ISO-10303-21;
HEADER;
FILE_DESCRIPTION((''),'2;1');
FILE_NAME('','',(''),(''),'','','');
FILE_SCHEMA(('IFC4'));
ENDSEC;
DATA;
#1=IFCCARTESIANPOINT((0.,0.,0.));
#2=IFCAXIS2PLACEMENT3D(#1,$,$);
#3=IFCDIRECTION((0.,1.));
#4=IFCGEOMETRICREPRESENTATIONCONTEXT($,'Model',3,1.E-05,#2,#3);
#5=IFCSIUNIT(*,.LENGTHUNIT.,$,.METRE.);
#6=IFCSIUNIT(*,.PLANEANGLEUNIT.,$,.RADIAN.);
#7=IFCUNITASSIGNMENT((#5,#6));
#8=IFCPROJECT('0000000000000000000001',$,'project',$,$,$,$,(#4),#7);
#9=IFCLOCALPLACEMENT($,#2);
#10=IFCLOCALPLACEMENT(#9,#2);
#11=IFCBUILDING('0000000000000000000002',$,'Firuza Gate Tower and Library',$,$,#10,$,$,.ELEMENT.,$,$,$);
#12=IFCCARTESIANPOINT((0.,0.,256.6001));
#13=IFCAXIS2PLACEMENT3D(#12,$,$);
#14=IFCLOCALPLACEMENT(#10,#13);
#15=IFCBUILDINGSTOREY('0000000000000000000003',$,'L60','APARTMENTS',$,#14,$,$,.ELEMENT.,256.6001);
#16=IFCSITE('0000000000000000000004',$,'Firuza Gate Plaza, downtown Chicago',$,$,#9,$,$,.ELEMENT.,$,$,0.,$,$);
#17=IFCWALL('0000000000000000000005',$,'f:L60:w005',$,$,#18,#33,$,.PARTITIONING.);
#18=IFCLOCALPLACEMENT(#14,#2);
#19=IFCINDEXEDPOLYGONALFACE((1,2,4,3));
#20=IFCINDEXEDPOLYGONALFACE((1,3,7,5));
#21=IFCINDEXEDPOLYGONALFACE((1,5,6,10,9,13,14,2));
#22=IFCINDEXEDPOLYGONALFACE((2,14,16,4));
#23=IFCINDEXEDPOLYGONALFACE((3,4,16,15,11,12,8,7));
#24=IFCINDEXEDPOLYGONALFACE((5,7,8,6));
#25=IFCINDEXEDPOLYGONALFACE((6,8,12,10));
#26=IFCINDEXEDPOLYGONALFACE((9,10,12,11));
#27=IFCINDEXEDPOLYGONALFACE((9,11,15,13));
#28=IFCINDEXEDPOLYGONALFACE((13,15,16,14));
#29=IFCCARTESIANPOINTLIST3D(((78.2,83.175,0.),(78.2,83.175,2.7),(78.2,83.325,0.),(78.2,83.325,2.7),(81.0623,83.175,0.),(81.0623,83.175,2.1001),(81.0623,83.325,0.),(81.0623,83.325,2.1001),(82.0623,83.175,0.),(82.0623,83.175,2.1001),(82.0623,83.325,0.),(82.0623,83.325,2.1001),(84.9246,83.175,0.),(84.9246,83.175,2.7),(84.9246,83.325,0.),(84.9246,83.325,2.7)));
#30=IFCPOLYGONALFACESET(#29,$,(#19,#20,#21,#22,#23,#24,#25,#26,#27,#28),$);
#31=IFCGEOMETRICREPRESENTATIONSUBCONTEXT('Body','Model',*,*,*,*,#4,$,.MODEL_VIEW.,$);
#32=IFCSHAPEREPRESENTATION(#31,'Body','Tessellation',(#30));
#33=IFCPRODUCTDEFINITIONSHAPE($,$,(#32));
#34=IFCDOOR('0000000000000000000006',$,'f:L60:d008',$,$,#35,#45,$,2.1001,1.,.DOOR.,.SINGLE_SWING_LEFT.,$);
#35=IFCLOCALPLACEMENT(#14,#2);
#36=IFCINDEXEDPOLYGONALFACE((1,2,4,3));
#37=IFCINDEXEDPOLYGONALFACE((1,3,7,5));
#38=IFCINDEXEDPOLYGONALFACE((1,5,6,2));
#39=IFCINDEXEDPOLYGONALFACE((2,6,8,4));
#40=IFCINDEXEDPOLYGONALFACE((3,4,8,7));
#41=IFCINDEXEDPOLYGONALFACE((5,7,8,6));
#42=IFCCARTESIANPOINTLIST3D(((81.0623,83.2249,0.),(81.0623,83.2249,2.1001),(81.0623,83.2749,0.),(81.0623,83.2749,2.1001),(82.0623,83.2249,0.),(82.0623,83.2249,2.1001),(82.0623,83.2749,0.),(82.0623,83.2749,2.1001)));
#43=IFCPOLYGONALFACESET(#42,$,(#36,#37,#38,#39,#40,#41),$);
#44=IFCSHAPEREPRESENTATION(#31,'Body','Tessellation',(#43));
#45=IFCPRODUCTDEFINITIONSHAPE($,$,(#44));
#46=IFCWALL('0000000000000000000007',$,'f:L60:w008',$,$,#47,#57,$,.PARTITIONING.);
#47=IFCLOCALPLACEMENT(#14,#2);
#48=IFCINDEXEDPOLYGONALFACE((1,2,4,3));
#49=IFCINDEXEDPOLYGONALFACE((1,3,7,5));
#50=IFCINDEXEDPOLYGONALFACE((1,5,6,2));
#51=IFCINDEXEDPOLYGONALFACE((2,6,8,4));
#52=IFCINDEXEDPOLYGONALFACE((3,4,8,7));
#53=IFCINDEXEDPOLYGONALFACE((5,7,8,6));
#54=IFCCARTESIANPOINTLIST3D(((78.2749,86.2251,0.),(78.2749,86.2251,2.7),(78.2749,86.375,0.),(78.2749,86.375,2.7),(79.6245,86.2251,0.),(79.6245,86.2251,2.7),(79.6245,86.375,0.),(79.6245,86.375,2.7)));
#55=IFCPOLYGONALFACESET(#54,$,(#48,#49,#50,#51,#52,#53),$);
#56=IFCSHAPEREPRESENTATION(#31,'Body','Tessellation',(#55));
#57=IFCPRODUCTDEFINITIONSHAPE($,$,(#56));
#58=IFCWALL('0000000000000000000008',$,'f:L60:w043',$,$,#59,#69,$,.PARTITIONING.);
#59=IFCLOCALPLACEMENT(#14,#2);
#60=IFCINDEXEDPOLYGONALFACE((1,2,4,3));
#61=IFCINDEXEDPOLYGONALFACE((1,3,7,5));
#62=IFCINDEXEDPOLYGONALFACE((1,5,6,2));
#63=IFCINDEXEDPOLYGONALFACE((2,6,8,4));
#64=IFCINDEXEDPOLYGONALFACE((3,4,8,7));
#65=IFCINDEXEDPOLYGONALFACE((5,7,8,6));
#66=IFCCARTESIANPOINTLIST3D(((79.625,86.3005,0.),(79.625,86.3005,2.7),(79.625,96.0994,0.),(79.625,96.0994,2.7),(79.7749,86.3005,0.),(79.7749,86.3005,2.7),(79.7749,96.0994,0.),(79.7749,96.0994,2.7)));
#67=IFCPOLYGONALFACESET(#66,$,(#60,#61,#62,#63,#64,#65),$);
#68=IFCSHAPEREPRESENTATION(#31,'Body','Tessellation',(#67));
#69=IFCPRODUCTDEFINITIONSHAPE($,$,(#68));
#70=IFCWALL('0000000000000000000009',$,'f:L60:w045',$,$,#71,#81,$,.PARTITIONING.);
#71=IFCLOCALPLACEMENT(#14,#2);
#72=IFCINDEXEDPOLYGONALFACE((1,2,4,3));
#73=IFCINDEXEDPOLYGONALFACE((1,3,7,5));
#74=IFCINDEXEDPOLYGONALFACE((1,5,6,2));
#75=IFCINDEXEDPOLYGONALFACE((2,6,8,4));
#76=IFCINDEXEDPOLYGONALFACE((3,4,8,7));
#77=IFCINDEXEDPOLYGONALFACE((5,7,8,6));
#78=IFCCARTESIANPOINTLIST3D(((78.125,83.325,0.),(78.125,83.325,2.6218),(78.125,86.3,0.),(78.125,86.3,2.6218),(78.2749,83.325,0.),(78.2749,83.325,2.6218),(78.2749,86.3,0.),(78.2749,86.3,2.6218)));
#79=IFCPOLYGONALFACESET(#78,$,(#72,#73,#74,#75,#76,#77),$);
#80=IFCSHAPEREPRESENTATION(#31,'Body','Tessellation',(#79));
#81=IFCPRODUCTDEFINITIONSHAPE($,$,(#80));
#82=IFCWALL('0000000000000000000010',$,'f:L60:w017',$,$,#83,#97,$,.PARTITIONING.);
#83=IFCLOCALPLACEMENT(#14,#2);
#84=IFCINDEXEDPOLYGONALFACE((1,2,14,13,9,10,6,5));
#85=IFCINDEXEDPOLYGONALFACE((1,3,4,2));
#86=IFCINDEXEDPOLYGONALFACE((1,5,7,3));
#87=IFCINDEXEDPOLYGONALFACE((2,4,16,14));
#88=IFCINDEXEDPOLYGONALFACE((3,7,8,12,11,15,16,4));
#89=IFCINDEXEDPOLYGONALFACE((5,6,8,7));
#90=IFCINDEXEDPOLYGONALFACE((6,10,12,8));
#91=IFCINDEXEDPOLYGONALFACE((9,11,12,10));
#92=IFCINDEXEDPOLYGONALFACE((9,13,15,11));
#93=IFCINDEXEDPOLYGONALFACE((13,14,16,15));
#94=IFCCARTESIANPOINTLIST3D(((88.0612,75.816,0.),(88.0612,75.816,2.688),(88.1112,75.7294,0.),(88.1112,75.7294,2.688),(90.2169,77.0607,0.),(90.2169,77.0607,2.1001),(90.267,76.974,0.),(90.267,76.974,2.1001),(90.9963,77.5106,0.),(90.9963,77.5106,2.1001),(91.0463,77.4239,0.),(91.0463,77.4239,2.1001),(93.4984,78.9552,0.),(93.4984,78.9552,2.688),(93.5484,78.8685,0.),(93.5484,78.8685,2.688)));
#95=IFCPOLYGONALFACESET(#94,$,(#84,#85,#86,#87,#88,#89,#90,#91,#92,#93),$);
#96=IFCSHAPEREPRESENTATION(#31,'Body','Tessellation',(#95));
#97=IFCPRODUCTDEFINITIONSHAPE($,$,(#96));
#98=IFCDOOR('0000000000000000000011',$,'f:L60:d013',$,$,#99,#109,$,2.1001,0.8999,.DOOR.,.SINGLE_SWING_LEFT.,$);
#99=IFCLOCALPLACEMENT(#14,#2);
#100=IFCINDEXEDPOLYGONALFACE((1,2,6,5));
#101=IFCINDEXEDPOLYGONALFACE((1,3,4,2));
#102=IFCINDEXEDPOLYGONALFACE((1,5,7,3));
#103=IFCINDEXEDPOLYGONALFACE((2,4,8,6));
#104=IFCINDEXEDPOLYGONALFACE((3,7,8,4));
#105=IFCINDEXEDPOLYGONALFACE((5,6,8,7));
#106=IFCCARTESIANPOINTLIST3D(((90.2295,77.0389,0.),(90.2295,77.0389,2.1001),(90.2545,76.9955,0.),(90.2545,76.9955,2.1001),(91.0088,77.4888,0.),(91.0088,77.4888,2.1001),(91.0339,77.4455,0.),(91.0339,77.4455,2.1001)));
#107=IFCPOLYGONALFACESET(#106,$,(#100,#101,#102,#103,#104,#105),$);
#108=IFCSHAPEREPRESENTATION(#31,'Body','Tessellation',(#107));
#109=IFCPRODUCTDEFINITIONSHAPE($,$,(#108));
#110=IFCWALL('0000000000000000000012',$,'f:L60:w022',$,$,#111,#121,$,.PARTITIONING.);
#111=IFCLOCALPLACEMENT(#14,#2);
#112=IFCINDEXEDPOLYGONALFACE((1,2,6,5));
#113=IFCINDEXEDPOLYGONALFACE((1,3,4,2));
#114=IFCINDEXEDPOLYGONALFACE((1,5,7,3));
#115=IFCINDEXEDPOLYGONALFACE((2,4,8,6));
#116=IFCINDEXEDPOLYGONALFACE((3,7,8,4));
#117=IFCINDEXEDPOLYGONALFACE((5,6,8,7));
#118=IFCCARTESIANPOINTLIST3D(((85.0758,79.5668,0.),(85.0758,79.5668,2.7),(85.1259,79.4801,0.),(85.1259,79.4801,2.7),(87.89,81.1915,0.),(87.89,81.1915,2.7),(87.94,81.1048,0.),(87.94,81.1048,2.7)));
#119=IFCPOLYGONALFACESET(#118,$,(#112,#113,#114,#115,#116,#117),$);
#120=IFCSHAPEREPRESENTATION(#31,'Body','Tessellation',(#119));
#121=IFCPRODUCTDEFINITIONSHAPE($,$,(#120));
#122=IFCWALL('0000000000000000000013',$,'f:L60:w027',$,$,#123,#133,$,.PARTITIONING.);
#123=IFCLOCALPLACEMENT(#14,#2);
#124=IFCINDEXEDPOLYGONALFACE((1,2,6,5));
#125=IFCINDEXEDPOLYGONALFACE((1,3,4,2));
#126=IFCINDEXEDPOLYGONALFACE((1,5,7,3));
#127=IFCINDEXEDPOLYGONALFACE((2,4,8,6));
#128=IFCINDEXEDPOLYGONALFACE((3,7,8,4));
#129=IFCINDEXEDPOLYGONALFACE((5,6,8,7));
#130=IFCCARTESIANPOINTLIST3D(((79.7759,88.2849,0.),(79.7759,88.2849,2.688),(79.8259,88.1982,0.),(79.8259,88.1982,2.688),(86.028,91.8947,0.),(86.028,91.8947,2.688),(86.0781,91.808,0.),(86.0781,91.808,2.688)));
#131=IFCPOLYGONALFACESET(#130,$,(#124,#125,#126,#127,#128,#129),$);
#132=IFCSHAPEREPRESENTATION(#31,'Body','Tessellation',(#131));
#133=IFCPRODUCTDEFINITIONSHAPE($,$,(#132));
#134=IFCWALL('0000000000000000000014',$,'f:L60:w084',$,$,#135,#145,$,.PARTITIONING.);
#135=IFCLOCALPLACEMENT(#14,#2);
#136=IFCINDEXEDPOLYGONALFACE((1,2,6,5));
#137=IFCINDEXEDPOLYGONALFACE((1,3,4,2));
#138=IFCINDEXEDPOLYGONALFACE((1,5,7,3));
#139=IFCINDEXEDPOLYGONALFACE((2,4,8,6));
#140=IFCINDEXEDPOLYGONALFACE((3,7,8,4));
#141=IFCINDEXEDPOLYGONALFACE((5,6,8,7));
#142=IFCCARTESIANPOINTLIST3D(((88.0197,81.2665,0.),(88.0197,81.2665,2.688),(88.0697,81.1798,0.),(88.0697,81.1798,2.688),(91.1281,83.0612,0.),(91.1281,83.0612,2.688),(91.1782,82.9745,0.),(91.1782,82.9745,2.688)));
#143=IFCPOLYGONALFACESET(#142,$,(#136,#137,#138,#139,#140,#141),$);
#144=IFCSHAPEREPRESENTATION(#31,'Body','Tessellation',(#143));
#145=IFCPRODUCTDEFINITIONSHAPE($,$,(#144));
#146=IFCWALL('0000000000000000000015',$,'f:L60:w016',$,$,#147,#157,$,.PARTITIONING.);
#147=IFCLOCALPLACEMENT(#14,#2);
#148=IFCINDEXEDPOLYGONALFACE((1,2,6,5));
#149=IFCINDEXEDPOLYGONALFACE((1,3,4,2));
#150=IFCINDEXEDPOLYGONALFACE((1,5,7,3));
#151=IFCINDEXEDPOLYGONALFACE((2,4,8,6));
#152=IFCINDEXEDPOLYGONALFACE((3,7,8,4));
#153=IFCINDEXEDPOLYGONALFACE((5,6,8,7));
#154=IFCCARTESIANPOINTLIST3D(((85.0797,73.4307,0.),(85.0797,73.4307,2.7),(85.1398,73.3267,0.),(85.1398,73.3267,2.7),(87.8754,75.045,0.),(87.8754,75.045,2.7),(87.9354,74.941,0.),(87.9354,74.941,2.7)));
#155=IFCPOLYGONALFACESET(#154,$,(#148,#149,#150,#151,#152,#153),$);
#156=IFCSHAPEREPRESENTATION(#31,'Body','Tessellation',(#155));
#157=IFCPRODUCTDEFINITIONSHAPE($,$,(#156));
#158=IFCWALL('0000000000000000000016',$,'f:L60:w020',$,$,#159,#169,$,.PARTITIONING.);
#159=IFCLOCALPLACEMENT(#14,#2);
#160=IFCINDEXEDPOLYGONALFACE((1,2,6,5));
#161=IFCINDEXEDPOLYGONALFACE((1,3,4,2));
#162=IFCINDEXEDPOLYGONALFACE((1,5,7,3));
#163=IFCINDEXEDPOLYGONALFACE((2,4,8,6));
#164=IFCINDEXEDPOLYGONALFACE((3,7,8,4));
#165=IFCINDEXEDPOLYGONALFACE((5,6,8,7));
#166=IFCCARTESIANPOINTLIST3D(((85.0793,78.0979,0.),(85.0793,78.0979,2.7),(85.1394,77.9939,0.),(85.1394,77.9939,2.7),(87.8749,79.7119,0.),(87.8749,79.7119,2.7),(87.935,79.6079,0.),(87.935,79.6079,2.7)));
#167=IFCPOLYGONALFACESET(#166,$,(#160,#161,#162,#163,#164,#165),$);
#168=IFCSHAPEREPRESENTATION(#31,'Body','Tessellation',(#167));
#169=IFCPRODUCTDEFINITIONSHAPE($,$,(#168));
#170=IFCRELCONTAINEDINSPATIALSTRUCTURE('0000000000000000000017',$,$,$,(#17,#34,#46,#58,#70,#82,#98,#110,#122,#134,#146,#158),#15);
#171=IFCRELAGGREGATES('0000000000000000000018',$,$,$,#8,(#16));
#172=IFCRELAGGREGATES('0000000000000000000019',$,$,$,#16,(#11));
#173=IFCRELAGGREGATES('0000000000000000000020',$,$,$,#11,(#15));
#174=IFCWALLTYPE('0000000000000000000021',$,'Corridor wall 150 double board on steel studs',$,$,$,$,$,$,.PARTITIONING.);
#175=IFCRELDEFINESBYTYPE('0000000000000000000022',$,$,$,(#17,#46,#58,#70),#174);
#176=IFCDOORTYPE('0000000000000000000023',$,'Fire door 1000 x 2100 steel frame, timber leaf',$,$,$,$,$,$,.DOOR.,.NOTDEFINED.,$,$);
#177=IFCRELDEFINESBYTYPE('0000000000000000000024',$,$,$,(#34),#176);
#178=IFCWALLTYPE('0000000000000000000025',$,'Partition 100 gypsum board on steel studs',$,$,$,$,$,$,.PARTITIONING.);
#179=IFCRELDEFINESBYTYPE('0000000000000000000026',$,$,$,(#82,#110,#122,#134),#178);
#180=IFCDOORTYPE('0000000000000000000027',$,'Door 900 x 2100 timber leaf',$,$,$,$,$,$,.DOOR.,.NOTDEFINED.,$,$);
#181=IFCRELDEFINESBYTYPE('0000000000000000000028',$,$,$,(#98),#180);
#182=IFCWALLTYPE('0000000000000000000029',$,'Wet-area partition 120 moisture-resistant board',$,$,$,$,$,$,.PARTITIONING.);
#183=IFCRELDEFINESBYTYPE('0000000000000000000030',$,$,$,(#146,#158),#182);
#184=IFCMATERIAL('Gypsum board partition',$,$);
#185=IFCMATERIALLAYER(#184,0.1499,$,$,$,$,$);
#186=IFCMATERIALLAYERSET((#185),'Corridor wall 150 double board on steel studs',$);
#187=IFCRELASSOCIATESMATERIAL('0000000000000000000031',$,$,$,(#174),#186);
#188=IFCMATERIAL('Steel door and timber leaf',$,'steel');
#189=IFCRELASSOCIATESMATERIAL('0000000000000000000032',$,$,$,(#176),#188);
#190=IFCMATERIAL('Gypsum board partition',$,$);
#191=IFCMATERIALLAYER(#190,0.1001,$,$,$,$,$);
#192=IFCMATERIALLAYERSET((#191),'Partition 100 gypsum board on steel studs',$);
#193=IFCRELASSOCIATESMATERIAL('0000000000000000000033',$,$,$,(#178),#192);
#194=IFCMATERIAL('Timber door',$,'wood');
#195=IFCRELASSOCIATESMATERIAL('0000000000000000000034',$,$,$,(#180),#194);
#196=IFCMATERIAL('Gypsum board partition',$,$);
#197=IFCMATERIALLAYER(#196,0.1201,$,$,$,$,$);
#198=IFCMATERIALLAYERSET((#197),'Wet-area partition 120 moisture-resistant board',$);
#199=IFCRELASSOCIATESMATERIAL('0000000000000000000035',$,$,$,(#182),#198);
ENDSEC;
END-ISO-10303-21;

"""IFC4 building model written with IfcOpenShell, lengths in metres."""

from ifc_helpers import new_model, si_unit, direction, frame, frame_2d, origin, place, context, subcontext, project, spatial, rectangle, extrude, material, layer, layer_set, type_object, element, fill, save


model = new_model("IFC4")

# Units and contexts
model_context = context("Model", 3, precision=1e-05, world=origin(), true_north=direction((0.0, 1.0)))
body_context = subcontext(model_context, "Body", "Model", "MODEL_VIEW")
ifc_project = project(units=[si_unit("LENGTHUNIT", "METRE"), si_unit("PLANEANGLEUNIT", "RADIAN")], contexts=[model_context])

# Site, building, storey
site_placement = place(None, origin())
site = spatial("IfcSite", under=ifc_project, at=site_placement, Name="Firuza Gate Plaza, downtown Chicago", CompositionType="ELEMENT", RefElevation=0.0)
building_placement = place(site_placement, origin())
building = spatial("IfcBuilding", under=site, at=building_placement, Name="Firuza Gate Tower and Library", CompositionType="ELEMENT")
storey_placement = place(building_placement, frame((0.0, 0.0, 256.6001)))
storey = spatial("IfcBuildingStorey", under=building, at=storey_placement, Name="L60", Description="APARTMENTS", CompositionType="ELEMENT", Elevation=256.6001)

# Wall, opening, door
ifc_material_1 = material(Name="Gypsum board partition")
ifc_layer_1 = layer(ifc_material_1, 0.1499)
ifc_layer_set_1 = layer_set([ifc_layer_1], Name="Corridor wall 150 double board on steel studs")
wall_type_1 = type_object("IfcWallType", Name="Corridor wall 150 double board on steel studs", PredefinedType="PARTITIONING", material=ifc_layer_set_1)
wall_1_placement = place(storey_placement, frame((78.2, 83.25, 0.0), z_axis=(0.0, 0.0, 1.0), x_axis=(1.0, 0.0, 0.0)))
wall_1 = element("IfcWall", 1, at=wall_1_placement, inside=storey, type_object=wall_type_1, Name="f:L60:w005", PredefinedType="PARTITIONING", context=body_context, shape_type="SweptSolid", body=[
    extrude(rectangle(XDim=6.7246, YDim=0.1499, at=frame_2d((3.3623, 0.0))), origin(), (0.0, 0.0, 1.0), 2.7),
])
opening_1_placement = place(wall_1_placement, frame((2.8623, 0.0, 0.0)))
opening_1 = element("IfcOpeningElement", 2, at=opening_1_placement, cuts=wall_1, PredefinedType="OPENING", context=body_context, shape_type="SweptSolid", body=[
    extrude(rectangle(XDim=1.0, YDim=2.1001, at=frame_2d((0.5, 1.05))), frame((0.0, 0.085, 0.0), z_axis=(0.0, -1.0, 0.0), x_axis=(1.0, 0.0, 0.0)), (0.0, 0.0, 1.0), 0.1699),
])
ifc_material_2 = material(Name="Steel door and timber leaf", Category="steel")
door_type_1 = type_object("IfcDoorType", Name="Fire door 1000 x 2100 steel frame, timber leaf", OperationType="NOTDEFINED", PredefinedType="DOOR", material=ifc_material_2)
door_1_placement = place(opening_1_placement, origin())
door_1 = element("IfcDoor", 3, at=door_1_placement, inside=storey, type_object=door_type_1, Name="f:L60:d008", OperationType="SINGLE_SWING_LEFT", OverallHeight=2.1001, OverallWidth=1.0, PredefinedType="DOOR", context=body_context, shape_type="SweptSolid", body=[
    extrude(rectangle(XDim=1.0, YDim=2.1001, at=frame_2d((0.5, 1.05))), frame((0.0, 0.0249, 0.0), z_axis=(0.0, -1.0, 0.0), x_axis=(1.0, 0.0, 0.0)), (0.0, 0.0, 1.0), 0.05),
])
fill(opening_1, door_1)

# Walls
wall_2_placement = place(storey_placement, frame((78.2749, 86.3, 0.0), z_axis=(0.0, 0.0, 1.0), x_axis=(1.0, 0.0, 0.0)))
element("IfcWall", 4, at=wall_2_placement, inside=storey, type_object=wall_type_1, Name="f:L60:w008", PredefinedType="PARTITIONING", context=body_context, shape_type="SweptSolid", body=[
    extrude(rectangle(XDim=1.3496, YDim=0.1499, at=frame_2d((0.6748, 0.0))), origin(), (0.0, 0.0, 1.0), 2.7),
])
wall_3_placement = place(storey_placement, frame((79.7, 86.3005, 0.0), z_axis=(0.0, 0.0, 1.0), x_axis=(0.0, 1.0, 0.0)))
element("IfcWall", 5, at=wall_3_placement, inside=storey, type_object=wall_type_1, Name="f:L60:w043", PredefinedType="PARTITIONING", context=body_context, shape_type="SweptSolid", body=[
    extrude(rectangle(XDim=9.7988, YDim=0.1499, at=frame_2d((4.8994, 0.0))), origin(), (0.0, 0.0, 1.0), 2.7),
])
wall_4_placement = place(storey_placement, frame((78.2, 83.325, 0.0), z_axis=(0.0, 0.0, 1.0), x_axis=(0.0, 1.0, 0.0)))
element("IfcWall", 6, at=wall_4_placement, inside=storey, type_object=wall_type_1, Name="f:L60:w045", PredefinedType="PARTITIONING", context=body_context, shape_type="SweptSolid", body=[
    extrude(rectangle(XDim=2.9751, YDim=0.1499, at=frame_2d((1.4875, 0.0))), origin(), (0.0, 0.0, 1.0), 2.6218),
])

# Wall, opening, door
ifc_material_3 = material(Name="Gypsum board partition")
ifc_layer_2 = layer(ifc_material_3, 0.1001)
ifc_layer_set_2 = layer_set([ifc_layer_2], Name="Partition 100 gypsum board on steel studs")
wall_type_2 = type_object("IfcWallType", Name="Partition 100 gypsum board on steel studs", PredefinedType="PARTITIONING", material=ifc_layer_set_2)
wall_5_placement = place(storey_placement, frame((88.0862, 75.7727, 0.0), z_axis=(0.0, 0.0, 1.0), x_axis=(0.866028, 0.499995, 0.0)))
wall_5 = element("IfcWall", 7, at=wall_5_placement, inside=storey, type_object=wall_type_2, Name="f:L60:w017", PredefinedType="PARTITIONING", context=body_context, shape_type="SweptSolid", body=[
    extrude(rectangle(XDim=6.2783, YDim=0.1001, at=frame_2d((3.1392, 0.0))), origin(), (0.0, 0.0, 1.0), 2.688),
])
opening_2_placement = place(wall_5_placement, frame((2.4893, 0.0, 0.0)))
opening_2 = element("IfcOpeningElement", 8, at=opening_2_placement, cuts=wall_5, PredefinedType="OPENING", context=body_context, shape_type="SweptSolid", body=[
    extrude(rectangle(XDim=0.8999, YDim=2.1001, at=frame_2d((0.45, 1.05))), frame((0.0, 0.0601, 0.0), z_axis=(0.0, -1.0, 0.0), x_axis=(1.0, 0.0, 0.0)), (0.0, 0.0, 1.0), 0.1201),
])
ifc_material_4 = material(Name="Timber door", Category="wood")
door_type_2 = type_object("IfcDoorType", Name="Door 900 x 2100 timber leaf", OperationType="NOTDEFINED", PredefinedType="DOOR", material=ifc_material_4)
door_2_placement = place(opening_2_placement, origin())
door_2 = element("IfcDoor", 9, at=door_2_placement, inside=storey, type_object=door_type_2, Name="f:L60:d013", OperationType="SINGLE_SWING_LEFT", OverallHeight=2.1001, OverallWidth=0.8999, PredefinedType="DOOR", context=body_context, shape_type="SweptSolid", body=[
    extrude(rectangle(XDim=0.8999, YDim=2.1001, at=frame_2d((0.45, 1.05))), frame((0.0, 0.0249, 0.0), z_axis=(0.0, -1.0, 0.0), x_axis=(1.0, 0.0, 0.0)), (0.0, 0.0, 1.0), 0.05),
])
fill(opening_2, door_2)

# Walls
wall_6_placement = place(storey_placement, frame((85.1008, 79.5234, 0.0), z_axis=(0.0, 0.0, 1.0), x_axis=(0.866029, 0.499993, 0.0)))
element("IfcWall", 10, at=wall_6_placement, inside=storey, type_object=wall_type_2, Name="f:L60:w022", PredefinedType="PARTITIONING", context=body_context, shape_type="SweptSolid", body=[
    extrude(rectangle(XDim=3.2495, YDim=0.1001, at=frame_2d((1.6248, 0.0))), origin(), (0.0, 0.0, 1.0), 2.7),
])
wall_7_placement = place(storey_placement, frame((79.8008, 88.2415, 0.0), z_axis=(0.0, 0.0, 1.0), x_axis=(0.866016, 0.500016, 0.0)))
element("IfcWall", 11, at=wall_7_placement, inside=storey, type_object=wall_type_2, Name="f:L60:w027", PredefinedType="PARTITIONING", context=body_context, shape_type="SweptSolid", body=[
    extrude(rectangle(XDim=7.2195, YDim=0.1001, at=frame_2d((3.6099, 0.0))), origin(), (0.0, 0.0, 1.0), 2.688),
])
wall_8_placement = place(storey_placement, frame((88.0447, 81.2231, 0.0), z_axis=(0.0, 0.0, 1.0), x_axis=(0.86602, 0.500009, 0.0)))
element("IfcWall", 12, at=wall_8_placement, inside=storey, type_object=wall_type_2, Name="f:L60:w084", PredefinedType="PARTITIONING", context=body_context, shape_type="SweptSolid", body=[
    extrude(rectangle(XDim=3.5894, YDim=0.1001, at=frame_2d((1.7947, 0.0))), origin(), (0.0, 0.0, 1.0), 2.688),
])
ifc_material_5 = material(Name="Gypsum board partition")
ifc_layer_3 = layer(ifc_material_5, 0.1201)
ifc_layer_set_3 = layer_set([ifc_layer_3], Name="Wet-area partition 120 moisture-resistant board")
wall_type_3 = type_object("IfcWallType", Name="Wet-area partition 120 moisture-resistant board", PredefinedType="PARTITIONING", material=ifc_layer_set_3)
wall_9_placement = place(storey_placement, frame((85.1096, 73.3787, 0.0), z_axis=(0.0, 0.0, 1.0), x_axis=(0.866, 0.500043, 0.0)))
element("IfcWall", 13, at=wall_9_placement, inside=storey, type_object=wall_type_3, Name="f:L60:w016", PredefinedType="PARTITIONING", context=body_context, shape_type="SweptSolid", body=[
    extrude(rectangle(XDim=3.2283, YDim=0.1201, at=frame_2d((1.6143, 0.0))), origin(), (0.0, 0.0, 1.0), 2.7),
])
wall_10_placement = place(storey_placement, frame((85.1094, 78.0459, 0.0), z_axis=(0.0, 0.0, 1.0), x_axis=(0.866033, 0.499987, 0.0)))
element("IfcWall", 14, at=wall_10_placement, inside=storey, type_object=wall_type_3, Name="f:L60:w020", PredefinedType="PARTITIONING", context=body_context, shape_type="SweptSolid", body=[
    extrude(rectangle(XDim=3.228, YDim=0.1201, at=frame_2d((1.614, 0.0))), origin(), (0.0, 0.0, 1.0), 2.7),
])

save(model, "model.ifc")
